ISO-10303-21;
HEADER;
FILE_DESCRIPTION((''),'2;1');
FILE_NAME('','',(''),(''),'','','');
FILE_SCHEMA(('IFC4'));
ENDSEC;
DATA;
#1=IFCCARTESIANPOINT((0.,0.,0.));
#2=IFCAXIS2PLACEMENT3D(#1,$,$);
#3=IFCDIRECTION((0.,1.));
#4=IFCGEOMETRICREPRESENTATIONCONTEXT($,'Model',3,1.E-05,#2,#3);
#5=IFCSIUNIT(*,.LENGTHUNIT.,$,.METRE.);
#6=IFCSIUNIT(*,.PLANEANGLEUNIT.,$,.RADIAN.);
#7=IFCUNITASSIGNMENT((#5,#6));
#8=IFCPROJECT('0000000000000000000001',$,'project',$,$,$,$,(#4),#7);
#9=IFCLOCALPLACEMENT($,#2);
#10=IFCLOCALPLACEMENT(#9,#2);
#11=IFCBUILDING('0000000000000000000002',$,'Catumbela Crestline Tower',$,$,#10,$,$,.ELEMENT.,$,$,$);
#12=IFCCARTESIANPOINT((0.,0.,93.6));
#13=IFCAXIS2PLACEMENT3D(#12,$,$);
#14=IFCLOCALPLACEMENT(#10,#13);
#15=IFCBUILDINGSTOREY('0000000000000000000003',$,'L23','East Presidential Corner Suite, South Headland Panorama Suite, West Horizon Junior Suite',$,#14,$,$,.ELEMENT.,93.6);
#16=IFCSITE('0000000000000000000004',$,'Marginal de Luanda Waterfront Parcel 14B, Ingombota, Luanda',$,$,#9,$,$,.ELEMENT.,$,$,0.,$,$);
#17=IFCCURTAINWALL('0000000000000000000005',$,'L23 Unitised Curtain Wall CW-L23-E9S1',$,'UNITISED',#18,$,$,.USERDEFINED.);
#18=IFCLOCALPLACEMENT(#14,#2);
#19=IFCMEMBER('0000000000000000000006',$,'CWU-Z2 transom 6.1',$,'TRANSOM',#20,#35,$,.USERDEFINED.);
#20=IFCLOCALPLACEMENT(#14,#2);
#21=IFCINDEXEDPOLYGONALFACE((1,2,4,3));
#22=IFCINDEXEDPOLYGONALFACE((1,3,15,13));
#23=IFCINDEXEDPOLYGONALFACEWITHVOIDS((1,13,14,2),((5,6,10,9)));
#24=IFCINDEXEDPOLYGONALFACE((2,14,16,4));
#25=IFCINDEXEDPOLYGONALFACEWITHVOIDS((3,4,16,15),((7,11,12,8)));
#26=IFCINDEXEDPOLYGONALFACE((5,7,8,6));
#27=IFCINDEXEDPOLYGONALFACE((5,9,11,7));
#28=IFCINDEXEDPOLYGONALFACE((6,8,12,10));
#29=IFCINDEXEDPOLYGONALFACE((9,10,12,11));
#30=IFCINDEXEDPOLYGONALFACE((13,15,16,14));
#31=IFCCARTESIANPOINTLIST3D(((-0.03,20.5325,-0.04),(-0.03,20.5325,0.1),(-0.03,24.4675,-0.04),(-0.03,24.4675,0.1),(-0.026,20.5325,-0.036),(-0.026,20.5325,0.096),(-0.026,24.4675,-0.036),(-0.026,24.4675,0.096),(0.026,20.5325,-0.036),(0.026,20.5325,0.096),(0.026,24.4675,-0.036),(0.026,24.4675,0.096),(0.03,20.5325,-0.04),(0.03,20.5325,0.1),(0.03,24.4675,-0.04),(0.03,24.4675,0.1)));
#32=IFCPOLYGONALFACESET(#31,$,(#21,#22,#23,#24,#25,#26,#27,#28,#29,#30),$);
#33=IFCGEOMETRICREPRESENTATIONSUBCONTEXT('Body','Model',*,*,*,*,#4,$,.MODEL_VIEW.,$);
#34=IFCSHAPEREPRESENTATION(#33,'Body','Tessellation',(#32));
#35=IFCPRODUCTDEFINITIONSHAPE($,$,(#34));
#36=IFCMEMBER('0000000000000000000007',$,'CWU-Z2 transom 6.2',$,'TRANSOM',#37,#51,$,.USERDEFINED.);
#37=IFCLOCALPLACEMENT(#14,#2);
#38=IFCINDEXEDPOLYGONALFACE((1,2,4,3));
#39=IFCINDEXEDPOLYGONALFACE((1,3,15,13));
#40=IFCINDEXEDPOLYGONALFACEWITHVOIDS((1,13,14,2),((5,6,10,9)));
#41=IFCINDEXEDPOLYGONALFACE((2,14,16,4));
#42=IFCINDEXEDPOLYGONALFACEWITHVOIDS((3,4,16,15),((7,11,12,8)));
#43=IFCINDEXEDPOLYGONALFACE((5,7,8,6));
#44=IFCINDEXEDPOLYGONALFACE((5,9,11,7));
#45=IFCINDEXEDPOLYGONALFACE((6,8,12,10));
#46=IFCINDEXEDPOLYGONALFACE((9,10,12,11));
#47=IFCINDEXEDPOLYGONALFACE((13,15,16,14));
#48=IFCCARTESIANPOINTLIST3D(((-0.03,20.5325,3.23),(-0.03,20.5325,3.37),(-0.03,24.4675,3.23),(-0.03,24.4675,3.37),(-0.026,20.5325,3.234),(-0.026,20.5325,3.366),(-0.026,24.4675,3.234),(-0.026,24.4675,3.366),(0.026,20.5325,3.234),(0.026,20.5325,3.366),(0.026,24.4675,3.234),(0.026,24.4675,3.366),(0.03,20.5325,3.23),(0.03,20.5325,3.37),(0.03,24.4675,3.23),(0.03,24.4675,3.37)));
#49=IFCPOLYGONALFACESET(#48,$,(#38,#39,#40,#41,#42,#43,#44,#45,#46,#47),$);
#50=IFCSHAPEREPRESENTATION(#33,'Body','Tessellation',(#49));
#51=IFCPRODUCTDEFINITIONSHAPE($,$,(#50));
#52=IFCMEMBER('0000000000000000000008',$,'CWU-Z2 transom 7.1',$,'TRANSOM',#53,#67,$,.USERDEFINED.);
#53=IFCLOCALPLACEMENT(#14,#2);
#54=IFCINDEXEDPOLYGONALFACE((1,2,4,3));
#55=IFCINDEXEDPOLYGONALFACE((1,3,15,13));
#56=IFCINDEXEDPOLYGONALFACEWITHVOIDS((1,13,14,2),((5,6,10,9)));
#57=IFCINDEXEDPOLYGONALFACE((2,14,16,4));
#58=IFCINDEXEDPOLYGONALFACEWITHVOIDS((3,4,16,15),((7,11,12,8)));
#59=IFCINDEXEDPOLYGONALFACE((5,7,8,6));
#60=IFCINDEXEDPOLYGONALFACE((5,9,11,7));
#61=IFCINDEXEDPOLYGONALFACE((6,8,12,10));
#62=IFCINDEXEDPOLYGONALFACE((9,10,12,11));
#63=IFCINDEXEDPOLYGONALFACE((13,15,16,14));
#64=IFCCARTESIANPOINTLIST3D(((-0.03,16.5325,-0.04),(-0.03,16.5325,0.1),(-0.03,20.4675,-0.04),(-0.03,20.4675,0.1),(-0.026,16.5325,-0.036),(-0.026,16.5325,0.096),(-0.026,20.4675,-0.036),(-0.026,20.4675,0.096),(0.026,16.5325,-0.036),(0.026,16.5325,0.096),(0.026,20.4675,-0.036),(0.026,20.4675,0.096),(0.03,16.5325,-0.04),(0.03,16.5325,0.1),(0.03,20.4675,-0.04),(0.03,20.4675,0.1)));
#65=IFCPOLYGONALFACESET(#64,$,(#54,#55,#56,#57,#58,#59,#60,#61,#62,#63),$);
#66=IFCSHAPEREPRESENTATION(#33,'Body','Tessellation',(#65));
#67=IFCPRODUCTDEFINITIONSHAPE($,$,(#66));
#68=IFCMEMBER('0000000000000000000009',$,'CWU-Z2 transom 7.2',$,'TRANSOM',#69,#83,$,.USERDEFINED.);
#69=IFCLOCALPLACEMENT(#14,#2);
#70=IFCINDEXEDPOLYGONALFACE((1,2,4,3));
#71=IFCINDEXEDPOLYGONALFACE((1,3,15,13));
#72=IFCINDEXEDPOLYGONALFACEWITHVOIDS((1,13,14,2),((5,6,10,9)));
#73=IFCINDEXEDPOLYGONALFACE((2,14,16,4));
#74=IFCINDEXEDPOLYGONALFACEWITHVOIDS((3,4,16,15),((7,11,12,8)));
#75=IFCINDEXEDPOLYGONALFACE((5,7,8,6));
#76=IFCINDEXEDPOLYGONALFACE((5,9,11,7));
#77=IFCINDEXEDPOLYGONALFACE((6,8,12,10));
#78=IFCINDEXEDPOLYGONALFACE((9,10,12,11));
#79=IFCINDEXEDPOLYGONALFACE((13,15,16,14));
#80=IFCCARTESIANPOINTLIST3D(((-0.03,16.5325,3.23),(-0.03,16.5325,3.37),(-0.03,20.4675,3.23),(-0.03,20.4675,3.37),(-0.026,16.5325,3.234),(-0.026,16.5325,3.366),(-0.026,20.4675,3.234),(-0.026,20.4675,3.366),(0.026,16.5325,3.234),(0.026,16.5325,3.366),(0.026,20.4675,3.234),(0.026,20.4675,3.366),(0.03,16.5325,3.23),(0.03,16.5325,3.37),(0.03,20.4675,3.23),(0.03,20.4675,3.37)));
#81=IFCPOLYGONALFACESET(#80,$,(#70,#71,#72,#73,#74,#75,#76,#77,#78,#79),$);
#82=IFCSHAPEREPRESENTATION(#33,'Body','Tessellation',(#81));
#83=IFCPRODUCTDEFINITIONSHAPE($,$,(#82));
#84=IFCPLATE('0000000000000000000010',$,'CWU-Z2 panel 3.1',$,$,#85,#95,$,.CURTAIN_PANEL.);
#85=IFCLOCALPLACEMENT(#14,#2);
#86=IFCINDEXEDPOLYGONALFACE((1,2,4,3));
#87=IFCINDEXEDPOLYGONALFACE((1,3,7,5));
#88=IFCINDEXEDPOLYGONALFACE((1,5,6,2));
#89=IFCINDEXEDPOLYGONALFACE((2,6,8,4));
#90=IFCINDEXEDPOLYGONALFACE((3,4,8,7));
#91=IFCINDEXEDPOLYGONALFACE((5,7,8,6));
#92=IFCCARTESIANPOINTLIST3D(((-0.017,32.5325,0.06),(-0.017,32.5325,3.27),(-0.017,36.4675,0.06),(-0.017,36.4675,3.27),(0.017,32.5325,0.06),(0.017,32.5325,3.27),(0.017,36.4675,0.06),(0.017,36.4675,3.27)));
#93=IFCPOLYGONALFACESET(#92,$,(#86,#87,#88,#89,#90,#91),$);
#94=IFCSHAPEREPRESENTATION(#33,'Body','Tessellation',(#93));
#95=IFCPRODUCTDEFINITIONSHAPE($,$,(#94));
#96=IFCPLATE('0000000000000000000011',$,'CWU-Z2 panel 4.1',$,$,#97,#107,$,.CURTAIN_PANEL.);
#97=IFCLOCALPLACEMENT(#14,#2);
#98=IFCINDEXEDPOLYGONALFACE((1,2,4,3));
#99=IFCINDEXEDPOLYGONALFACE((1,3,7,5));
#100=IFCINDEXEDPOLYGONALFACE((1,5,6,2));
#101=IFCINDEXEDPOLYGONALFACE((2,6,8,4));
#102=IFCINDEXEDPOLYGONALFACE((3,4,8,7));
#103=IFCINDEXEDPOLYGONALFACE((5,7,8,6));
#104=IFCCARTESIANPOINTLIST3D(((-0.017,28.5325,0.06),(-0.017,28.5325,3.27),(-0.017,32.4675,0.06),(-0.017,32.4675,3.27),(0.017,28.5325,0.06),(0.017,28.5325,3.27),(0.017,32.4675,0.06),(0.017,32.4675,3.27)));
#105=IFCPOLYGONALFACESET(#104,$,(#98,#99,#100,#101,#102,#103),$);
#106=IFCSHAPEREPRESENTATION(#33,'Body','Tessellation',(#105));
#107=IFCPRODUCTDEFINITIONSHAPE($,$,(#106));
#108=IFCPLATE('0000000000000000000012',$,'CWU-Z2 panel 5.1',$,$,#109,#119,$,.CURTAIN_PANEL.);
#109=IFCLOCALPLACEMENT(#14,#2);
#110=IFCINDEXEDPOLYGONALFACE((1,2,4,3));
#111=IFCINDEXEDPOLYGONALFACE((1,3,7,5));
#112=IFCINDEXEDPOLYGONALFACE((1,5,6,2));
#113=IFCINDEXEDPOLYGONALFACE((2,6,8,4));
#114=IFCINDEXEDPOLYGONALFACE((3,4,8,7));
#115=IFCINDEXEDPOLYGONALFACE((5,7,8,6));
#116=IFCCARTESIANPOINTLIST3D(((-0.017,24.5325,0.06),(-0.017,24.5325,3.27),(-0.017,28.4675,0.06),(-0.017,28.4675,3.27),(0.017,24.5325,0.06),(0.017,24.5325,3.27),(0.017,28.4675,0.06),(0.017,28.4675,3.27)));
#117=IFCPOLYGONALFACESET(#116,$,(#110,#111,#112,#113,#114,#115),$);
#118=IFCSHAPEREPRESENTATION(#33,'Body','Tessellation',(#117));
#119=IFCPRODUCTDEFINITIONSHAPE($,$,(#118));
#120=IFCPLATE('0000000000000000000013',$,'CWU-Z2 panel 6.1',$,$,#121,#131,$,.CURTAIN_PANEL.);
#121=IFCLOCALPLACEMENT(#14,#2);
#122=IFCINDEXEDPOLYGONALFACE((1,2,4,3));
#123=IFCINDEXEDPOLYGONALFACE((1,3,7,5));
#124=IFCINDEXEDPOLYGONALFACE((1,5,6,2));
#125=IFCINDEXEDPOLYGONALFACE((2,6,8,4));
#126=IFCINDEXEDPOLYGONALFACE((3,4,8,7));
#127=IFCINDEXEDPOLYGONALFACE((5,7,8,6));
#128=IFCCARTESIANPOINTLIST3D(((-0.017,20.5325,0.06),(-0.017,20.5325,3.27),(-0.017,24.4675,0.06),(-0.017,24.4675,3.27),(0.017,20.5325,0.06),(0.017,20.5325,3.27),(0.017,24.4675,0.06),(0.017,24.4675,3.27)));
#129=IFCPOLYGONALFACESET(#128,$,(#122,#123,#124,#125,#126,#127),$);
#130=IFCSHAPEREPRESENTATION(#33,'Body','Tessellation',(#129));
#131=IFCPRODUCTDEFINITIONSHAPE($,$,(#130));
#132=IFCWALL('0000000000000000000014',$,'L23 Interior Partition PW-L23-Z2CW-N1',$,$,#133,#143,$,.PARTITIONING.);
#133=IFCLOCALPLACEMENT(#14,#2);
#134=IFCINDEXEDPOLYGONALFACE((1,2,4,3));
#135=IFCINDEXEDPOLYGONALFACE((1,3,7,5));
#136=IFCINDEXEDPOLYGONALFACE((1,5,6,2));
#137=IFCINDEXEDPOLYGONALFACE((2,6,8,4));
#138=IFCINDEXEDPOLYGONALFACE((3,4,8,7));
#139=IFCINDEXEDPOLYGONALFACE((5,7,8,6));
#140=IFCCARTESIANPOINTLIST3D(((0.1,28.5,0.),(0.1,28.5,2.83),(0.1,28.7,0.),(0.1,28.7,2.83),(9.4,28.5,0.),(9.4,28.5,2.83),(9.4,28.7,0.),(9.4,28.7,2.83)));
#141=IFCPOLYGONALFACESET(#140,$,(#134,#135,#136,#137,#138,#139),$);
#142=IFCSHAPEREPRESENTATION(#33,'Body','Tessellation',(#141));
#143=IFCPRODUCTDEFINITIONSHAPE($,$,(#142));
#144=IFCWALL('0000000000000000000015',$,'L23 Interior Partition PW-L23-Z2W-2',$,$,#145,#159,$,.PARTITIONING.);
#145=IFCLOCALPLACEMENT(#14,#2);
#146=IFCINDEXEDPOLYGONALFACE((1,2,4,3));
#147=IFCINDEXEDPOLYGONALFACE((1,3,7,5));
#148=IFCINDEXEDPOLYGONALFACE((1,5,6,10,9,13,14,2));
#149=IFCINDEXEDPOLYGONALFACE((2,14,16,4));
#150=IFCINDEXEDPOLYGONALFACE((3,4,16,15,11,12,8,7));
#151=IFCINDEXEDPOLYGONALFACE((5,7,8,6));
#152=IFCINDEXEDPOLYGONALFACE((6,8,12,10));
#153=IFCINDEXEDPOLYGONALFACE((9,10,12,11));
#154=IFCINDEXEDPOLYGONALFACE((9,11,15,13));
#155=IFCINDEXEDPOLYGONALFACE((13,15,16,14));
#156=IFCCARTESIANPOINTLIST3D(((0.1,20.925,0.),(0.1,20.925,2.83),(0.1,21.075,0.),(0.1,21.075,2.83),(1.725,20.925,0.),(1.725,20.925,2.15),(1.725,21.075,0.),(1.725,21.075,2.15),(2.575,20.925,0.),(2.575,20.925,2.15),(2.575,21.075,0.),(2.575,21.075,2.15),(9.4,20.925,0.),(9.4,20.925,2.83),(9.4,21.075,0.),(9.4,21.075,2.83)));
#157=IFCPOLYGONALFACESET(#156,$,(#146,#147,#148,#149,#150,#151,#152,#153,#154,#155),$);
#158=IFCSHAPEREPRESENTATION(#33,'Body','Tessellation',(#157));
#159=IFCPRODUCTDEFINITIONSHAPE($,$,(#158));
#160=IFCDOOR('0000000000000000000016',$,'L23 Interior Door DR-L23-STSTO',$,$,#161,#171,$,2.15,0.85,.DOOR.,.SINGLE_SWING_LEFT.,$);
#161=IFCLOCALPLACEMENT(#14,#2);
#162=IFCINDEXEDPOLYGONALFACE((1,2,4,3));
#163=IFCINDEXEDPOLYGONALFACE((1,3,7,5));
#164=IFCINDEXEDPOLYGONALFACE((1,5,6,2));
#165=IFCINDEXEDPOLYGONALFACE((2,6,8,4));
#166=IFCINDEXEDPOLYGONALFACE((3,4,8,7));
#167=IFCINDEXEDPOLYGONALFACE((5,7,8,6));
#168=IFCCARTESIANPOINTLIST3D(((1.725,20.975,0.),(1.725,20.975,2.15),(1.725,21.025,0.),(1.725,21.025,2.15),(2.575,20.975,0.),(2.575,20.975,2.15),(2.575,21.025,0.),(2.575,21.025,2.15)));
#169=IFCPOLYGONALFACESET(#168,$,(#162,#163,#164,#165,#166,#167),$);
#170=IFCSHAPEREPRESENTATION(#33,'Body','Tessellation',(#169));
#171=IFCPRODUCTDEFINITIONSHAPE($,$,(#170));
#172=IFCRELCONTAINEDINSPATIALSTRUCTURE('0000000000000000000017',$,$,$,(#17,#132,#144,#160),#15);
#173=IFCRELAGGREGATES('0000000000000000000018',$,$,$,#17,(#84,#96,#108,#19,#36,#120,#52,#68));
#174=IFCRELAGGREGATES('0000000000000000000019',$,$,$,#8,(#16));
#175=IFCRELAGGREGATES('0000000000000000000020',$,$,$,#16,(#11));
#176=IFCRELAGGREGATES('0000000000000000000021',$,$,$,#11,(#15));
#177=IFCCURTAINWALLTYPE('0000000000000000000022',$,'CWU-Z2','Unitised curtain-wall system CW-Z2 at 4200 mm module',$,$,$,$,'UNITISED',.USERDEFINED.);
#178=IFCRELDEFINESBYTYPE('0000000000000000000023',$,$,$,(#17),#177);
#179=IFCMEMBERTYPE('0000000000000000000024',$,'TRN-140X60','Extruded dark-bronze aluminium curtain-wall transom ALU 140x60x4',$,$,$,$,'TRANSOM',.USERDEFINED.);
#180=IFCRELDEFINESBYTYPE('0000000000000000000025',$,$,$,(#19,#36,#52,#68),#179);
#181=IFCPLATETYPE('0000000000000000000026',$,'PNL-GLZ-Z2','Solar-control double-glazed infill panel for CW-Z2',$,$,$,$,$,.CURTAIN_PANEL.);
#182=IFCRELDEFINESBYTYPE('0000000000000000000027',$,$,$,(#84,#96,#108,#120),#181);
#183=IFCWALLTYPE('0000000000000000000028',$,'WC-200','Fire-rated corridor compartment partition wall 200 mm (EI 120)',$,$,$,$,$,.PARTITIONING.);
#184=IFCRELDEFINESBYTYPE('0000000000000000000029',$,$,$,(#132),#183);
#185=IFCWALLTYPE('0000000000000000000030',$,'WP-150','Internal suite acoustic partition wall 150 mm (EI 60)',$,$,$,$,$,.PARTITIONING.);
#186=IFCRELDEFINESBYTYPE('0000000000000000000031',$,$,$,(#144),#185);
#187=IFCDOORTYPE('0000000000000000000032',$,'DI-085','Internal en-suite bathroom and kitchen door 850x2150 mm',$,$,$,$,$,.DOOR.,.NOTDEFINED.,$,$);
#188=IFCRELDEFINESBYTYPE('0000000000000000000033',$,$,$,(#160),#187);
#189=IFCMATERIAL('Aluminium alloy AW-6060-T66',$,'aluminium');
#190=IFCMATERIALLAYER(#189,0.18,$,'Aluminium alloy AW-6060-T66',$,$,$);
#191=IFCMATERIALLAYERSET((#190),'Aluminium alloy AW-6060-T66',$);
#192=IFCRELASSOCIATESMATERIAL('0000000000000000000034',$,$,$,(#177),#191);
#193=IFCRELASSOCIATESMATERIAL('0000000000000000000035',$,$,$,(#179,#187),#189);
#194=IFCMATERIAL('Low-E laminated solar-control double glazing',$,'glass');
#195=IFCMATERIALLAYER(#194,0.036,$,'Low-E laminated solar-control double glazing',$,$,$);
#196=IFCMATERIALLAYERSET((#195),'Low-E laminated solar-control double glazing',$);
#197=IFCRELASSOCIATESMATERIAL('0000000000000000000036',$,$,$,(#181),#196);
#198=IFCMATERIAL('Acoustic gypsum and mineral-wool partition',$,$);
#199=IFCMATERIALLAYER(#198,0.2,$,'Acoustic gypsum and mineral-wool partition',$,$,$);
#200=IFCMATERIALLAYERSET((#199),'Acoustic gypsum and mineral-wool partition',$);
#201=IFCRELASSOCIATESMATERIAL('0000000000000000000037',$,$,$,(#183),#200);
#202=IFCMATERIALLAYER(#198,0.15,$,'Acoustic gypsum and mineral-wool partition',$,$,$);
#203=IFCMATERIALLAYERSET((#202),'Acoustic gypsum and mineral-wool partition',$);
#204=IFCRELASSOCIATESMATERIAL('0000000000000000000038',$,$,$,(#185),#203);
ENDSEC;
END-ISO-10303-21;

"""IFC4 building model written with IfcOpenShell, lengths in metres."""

from ifc_helpers import new_model, si_unit, direction, frame, frame_2d, origin, origin_2d, place, context, subcontext, project, spatial, rectangle, hollow_rectangle, extrude, material, layer, layer_set, material_profile, profile_set, type_object, element, fill, aggregate, save


model = new_model("IFC4")

# Units and contexts
model_context = context("Model", 3, precision=1e-05, world=origin(), true_north=direction((0.0, 1.0)))
body_context = subcontext(model_context, "Body", "Model", "MODEL_VIEW")
ifc_project = project(units=[si_unit("LENGTHUNIT", "METRE"), si_unit("PLANEANGLEUNIT", "RADIAN")], contexts=[model_context])

# Site, building, storey
site_placement = place(None, origin())
site = spatial("IfcSite", under=ifc_project, at=site_placement, Name="Marginal de Luanda Waterfront Parcel 14B, Ingombota, Luanda", CompositionType="ELEMENT", RefElevation=0.0)
building_placement = place(site_placement, origin())
building = spatial("IfcBuilding", under=site, at=building_placement, Name="Catumbela Crestline Tower", CompositionType="ELEMENT")
storey_placement = place(building_placement, frame((0.0, 0.0, 93.6)))
storey = spatial("IfcBuildingStorey", under=building, at=storey_placement, Name="L23", Description="East Presidential Corner Suite, South Headland Panorama Suite, West Horizon Junior Suite", CompositionType="ELEMENT", Elevation=93.6)

# Curtain wall
ifc_material_1 = material(Name="Aluminium alloy AW-6060-T66", Category="aluminium")
ifc_layer_1 = layer(ifc_material_1, 0.18, Name="Aluminium alloy AW-6060-T66")
ifc_layer_set_1 = layer_set([ifc_layer_1], Name="Aluminium alloy AW-6060-T66")
curtain_wall_type = type_object("IfcCurtainWallType", Name="CWU-Z2", Description="Unitised curtain-wall system CW-Z2 at 4200 mm module", ElementType="UNITISED", PredefinedType="USERDEFINED", material=ifc_layer_set_1)
curtain_wall_placement = place(storey_placement, origin())
curtain_wall = element("IfcCurtainWall", 1, at=curtain_wall_placement, inside=storey, type_object=curtain_wall_type, Name="L23 Unitised Curtain Wall CW-L23-E9S1", ObjectType="UNITISED", PredefinedType="USERDEFINED")

# Members
ifc_material_profile_1 = material_profile(ifc_material_1, hollow_rectangle(XDim=0.06, YDim=0.14, WallThickness=0.004, at=origin_2d()), Name="ALU 140x60x4")
ifc_profile_set_1 = profile_set([ifc_material_profile_1], Name="Aluminium alloy AW-6060-T66")
member_type_1 = type_object("IfcMemberType", Name="TRN-140X60", Description="Extruded dark-bronze aluminium curtain-wall transom ALU 140x60x4", ElementType="TRANSOM", PredefinedType="USERDEFINED", material=ifc_profile_set_1)
member_1_placement = place(storey_placement, frame((0.0, 24.4675, 0.03), z_axis=(0.0, -1.0, 0.0), x_axis=(1.0, 0.0, 0.0)))
member_1 = element("IfcMember", 2, at=member_1_placement, type_object=member_type_1, Name="CWU-Z2 transom 6.1", ObjectType="TRANSOM", PredefinedType="USERDEFINED", context=body_context, shape_type="SweptSolid", body=[
    extrude(hollow_rectangle(XDim=0.06, YDim=0.14, WallThickness=0.004, at=origin_2d()), origin(), (0.0, 0.0, 1.0), 3.935),
])
member_2_placement = place(storey_placement, frame((0.0, 24.4675, 3.3), z_axis=(0.0, -1.0, 0.0), x_axis=(1.0, 0.0, 0.0)))
member_2 = element("IfcMember", 3, at=member_2_placement, type_object=member_type_1, Name="CWU-Z2 transom 6.2", ObjectType="TRANSOM", PredefinedType="USERDEFINED", context=body_context, shape_type="SweptSolid", body=[
    extrude(hollow_rectangle(XDim=0.06, YDim=0.14, WallThickness=0.004, at=origin_2d()), origin(), (0.0, 0.0, 1.0), 3.935),
])
member_3_placement = place(storey_placement, frame((0.0, 20.4675, 0.03), z_axis=(0.0, -1.0, 0.0), x_axis=(1.0, 0.0, 0.0)))
member_3 = element("IfcMember", 4, at=member_3_placement, type_object=member_type_1, Name="CWU-Z2 transom 7.1", ObjectType="TRANSOM", PredefinedType="USERDEFINED", context=body_context, shape_type="SweptSolid", body=[
    extrude(hollow_rectangle(XDim=0.06, YDim=0.14, WallThickness=0.004, at=origin_2d()), origin(), (0.0, 0.0, 1.0), 3.935),
])
member_4_placement = place(storey_placement, frame((0.0, 20.4675, 3.3), z_axis=(0.0, -1.0, 0.0), x_axis=(1.0, 0.0, 0.0)))
member_4 = element("IfcMember", 5, at=member_4_placement, type_object=member_type_1, Name="CWU-Z2 transom 7.2", ObjectType="TRANSOM", PredefinedType="USERDEFINED", context=body_context, shape_type="SweptSolid", body=[
    extrude(hollow_rectangle(XDim=0.06, YDim=0.14, WallThickness=0.004, at=origin_2d()), origin(), (0.0, 0.0, 1.0), 3.935),
])

# Plates
ifc_material_2 = material(Name="Low-E laminated solar-control double glazing", Category="glass")
ifc_layer_2 = layer(ifc_material_2, 0.036, Name="Low-E laminated solar-control double glazing")
ifc_layer_set_2 = layer_set([ifc_layer_2], Name="Low-E laminated solar-control double glazing")
plate_type = type_object("IfcPlateType", Name="PNL-GLZ-Z2", Description="Solar-control double-glazed infill panel for CW-Z2", PredefinedType="CURTAIN_PANEL", material=ifc_layer_set_2)
plate_1_placement = place(storey_placement, frame((0.0, 34.5, 0.06), z_axis=(0.0, 0.0, 1.0), x_axis=(0.0, -1.0, 0.0)))
plate_1 = element("IfcPlate", 6, at=plate_1_placement, type_object=plate_type, Name="CWU-Z2 panel 3.1", PredefinedType="CURTAIN_PANEL", context=body_context, shape_type="SweptSolid", body=[
    extrude(rectangle(XDim=3.935, YDim=0.034, at=origin_2d()), origin(), (0.0, 0.0, 1.0), 3.21),
])
plate_2_placement = place(storey_placement, frame((0.0, 30.5, 0.06), z_axis=(0.0, 0.0, 1.0), x_axis=(0.0, -1.0, 0.0)))
plate_2 = element("IfcPlate", 7, at=plate_2_placement, type_object=plate_type, Name="CWU-Z2 panel 4.1", PredefinedType="CURTAIN_PANEL", context=body_context, shape_type="SweptSolid", body=[
    extrude(rectangle(XDim=3.935, YDim=0.034, at=origin_2d()), origin(), (0.0, 0.0, 1.0), 3.21),
])
plate_3_placement = place(storey_placement, frame((0.0, 26.5, 0.06), z_axis=(0.0, 0.0, 1.0), x_axis=(0.0, -1.0, 0.0)))
plate_3 = element("IfcPlate", 8, at=plate_3_placement, type_object=plate_type, Name="CWU-Z2 panel 5.1", PredefinedType="CURTAIN_PANEL", context=body_context, shape_type="SweptSolid", body=[
    extrude(rectangle(XDim=3.935, YDim=0.034, at=origin_2d()), origin(), (0.0, 0.0, 1.0), 3.21),
])
plate_4_placement = place(storey_placement, frame((0.0, 22.5, 0.06), z_axis=(0.0, 0.0, 1.0), x_axis=(0.0, -1.0, 0.0)))
plate_4 = element("IfcPlate", 9, at=plate_4_placement, type_object=plate_type, Name="CWU-Z2 panel 6.1", PredefinedType="CURTAIN_PANEL", context=body_context, shape_type="SweptSolid", body=[
    extrude(rectangle(XDim=3.935, YDim=0.034, at=origin_2d()), origin(), (0.0, 0.0, 1.0), 3.21),
])
aggregate(curtain_wall, [plate_1, plate_2, plate_3, member_1, member_2, plate_4, member_3, member_4])

# Wall
ifc_material_3 = material(Name="Acoustic gypsum and mineral-wool partition")
ifc_layer_3 = layer(ifc_material_3, 0.2, Name="Acoustic gypsum and mineral-wool partition")
ifc_layer_set_3 = layer_set([ifc_layer_3], Name="Acoustic gypsum and mineral-wool partition")
wall_type_1 = type_object("IfcWallType", Name="WC-200", Description="Fire-rated corridor compartment partition wall 200 mm (EI 120)", PredefinedType="PARTITIONING", material=ifc_layer_set_3)
wall_1_placement = place(storey_placement, frame((0.1, 28.6, 0.0), z_axis=(0.0, 0.0, 1.0), x_axis=(1.0, 0.0, 0.0)))
element("IfcWall", 10, at=wall_1_placement, inside=storey, type_object=wall_type_1, Name="L23 Interior Partition PW-L23-Z2CW-N1", PredefinedType="PARTITIONING", context=body_context, shape_type="SweptSolid", body=[
    extrude(rectangle(XDim=9.3, YDim=0.2, at=frame_2d((4.65, 0.0))), origin(), (0.0, 0.0, 1.0), 2.83),
])

# Wall, opening, door
ifc_layer_4 = layer(ifc_material_3, 0.15, Name="Acoustic gypsum and mineral-wool partition")
ifc_layer_set_4 = layer_set([ifc_layer_4], Name="Acoustic gypsum and mineral-wool partition")
wall_type_2 = type_object("IfcWallType", Name="WP-150", Description="Internal suite acoustic partition wall 150 mm (EI 60)", PredefinedType="PARTITIONING", material=ifc_layer_set_4)
wall_2_placement = place(storey_placement, frame((0.1, 21.0, 0.0), z_axis=(0.0, 0.0, 1.0), x_axis=(1.0, 0.0, 0.0)))
wall_2 = element("IfcWall", 11, at=wall_2_placement, inside=storey, type_object=wall_type_2, Name="L23 Interior Partition PW-L23-Z2W-2", PredefinedType="PARTITIONING", context=body_context, shape_type="SweptSolid", body=[
    extrude(rectangle(XDim=9.3, YDim=0.15, at=frame_2d((4.65, 0.0))), origin(), (0.0, 0.0, 1.0), 2.83),
])
opening_placement = place(wall_2_placement, frame((1.625, 0.0, 0.0)))
opening = element("IfcOpeningElement", 12, at=opening_placement, cuts=wall_2, PredefinedType="OPENING", context=body_context, shape_type="SweptSolid", body=[
    extrude(rectangle(XDim=0.85, YDim=2.15, at=frame_2d((0.425, 1.075))), frame((0.0, 0.085, 0.0), z_axis=(0.0, -1.0, 0.0), x_axis=(1.0, 0.0, 0.0)), (0.0, 0.0, 1.0), 0.17),
])
door_type = type_object("IfcDoorType", Name="DI-085", Description="Internal en-suite bathroom and kitchen door 850x2150 mm", OperationType="NOTDEFINED", PredefinedType="DOOR", material=ifc_material_1)
door_placement = place(opening_placement, origin())
door = element("IfcDoor", 13, at=door_placement, inside=storey, type_object=door_type, Name="L23 Interior Door DR-L23-STSTO", OperationType="SINGLE_SWING_LEFT", OverallHeight=2.15, OverallWidth=0.85, PredefinedType="DOOR", context=body_context, shape_type="SweptSolid", body=[
    extrude(rectangle(XDim=0.85, YDim=2.15, at=frame_2d((0.425, 1.075))), frame((0.0, 0.025, 0.0), z_axis=(0.0, -1.0, 0.0), x_axis=(1.0, 0.0, 0.0)), (0.0, 0.0, 1.0), 0.05),
])
fill(opening, door)

save(model, "model.ifc")
